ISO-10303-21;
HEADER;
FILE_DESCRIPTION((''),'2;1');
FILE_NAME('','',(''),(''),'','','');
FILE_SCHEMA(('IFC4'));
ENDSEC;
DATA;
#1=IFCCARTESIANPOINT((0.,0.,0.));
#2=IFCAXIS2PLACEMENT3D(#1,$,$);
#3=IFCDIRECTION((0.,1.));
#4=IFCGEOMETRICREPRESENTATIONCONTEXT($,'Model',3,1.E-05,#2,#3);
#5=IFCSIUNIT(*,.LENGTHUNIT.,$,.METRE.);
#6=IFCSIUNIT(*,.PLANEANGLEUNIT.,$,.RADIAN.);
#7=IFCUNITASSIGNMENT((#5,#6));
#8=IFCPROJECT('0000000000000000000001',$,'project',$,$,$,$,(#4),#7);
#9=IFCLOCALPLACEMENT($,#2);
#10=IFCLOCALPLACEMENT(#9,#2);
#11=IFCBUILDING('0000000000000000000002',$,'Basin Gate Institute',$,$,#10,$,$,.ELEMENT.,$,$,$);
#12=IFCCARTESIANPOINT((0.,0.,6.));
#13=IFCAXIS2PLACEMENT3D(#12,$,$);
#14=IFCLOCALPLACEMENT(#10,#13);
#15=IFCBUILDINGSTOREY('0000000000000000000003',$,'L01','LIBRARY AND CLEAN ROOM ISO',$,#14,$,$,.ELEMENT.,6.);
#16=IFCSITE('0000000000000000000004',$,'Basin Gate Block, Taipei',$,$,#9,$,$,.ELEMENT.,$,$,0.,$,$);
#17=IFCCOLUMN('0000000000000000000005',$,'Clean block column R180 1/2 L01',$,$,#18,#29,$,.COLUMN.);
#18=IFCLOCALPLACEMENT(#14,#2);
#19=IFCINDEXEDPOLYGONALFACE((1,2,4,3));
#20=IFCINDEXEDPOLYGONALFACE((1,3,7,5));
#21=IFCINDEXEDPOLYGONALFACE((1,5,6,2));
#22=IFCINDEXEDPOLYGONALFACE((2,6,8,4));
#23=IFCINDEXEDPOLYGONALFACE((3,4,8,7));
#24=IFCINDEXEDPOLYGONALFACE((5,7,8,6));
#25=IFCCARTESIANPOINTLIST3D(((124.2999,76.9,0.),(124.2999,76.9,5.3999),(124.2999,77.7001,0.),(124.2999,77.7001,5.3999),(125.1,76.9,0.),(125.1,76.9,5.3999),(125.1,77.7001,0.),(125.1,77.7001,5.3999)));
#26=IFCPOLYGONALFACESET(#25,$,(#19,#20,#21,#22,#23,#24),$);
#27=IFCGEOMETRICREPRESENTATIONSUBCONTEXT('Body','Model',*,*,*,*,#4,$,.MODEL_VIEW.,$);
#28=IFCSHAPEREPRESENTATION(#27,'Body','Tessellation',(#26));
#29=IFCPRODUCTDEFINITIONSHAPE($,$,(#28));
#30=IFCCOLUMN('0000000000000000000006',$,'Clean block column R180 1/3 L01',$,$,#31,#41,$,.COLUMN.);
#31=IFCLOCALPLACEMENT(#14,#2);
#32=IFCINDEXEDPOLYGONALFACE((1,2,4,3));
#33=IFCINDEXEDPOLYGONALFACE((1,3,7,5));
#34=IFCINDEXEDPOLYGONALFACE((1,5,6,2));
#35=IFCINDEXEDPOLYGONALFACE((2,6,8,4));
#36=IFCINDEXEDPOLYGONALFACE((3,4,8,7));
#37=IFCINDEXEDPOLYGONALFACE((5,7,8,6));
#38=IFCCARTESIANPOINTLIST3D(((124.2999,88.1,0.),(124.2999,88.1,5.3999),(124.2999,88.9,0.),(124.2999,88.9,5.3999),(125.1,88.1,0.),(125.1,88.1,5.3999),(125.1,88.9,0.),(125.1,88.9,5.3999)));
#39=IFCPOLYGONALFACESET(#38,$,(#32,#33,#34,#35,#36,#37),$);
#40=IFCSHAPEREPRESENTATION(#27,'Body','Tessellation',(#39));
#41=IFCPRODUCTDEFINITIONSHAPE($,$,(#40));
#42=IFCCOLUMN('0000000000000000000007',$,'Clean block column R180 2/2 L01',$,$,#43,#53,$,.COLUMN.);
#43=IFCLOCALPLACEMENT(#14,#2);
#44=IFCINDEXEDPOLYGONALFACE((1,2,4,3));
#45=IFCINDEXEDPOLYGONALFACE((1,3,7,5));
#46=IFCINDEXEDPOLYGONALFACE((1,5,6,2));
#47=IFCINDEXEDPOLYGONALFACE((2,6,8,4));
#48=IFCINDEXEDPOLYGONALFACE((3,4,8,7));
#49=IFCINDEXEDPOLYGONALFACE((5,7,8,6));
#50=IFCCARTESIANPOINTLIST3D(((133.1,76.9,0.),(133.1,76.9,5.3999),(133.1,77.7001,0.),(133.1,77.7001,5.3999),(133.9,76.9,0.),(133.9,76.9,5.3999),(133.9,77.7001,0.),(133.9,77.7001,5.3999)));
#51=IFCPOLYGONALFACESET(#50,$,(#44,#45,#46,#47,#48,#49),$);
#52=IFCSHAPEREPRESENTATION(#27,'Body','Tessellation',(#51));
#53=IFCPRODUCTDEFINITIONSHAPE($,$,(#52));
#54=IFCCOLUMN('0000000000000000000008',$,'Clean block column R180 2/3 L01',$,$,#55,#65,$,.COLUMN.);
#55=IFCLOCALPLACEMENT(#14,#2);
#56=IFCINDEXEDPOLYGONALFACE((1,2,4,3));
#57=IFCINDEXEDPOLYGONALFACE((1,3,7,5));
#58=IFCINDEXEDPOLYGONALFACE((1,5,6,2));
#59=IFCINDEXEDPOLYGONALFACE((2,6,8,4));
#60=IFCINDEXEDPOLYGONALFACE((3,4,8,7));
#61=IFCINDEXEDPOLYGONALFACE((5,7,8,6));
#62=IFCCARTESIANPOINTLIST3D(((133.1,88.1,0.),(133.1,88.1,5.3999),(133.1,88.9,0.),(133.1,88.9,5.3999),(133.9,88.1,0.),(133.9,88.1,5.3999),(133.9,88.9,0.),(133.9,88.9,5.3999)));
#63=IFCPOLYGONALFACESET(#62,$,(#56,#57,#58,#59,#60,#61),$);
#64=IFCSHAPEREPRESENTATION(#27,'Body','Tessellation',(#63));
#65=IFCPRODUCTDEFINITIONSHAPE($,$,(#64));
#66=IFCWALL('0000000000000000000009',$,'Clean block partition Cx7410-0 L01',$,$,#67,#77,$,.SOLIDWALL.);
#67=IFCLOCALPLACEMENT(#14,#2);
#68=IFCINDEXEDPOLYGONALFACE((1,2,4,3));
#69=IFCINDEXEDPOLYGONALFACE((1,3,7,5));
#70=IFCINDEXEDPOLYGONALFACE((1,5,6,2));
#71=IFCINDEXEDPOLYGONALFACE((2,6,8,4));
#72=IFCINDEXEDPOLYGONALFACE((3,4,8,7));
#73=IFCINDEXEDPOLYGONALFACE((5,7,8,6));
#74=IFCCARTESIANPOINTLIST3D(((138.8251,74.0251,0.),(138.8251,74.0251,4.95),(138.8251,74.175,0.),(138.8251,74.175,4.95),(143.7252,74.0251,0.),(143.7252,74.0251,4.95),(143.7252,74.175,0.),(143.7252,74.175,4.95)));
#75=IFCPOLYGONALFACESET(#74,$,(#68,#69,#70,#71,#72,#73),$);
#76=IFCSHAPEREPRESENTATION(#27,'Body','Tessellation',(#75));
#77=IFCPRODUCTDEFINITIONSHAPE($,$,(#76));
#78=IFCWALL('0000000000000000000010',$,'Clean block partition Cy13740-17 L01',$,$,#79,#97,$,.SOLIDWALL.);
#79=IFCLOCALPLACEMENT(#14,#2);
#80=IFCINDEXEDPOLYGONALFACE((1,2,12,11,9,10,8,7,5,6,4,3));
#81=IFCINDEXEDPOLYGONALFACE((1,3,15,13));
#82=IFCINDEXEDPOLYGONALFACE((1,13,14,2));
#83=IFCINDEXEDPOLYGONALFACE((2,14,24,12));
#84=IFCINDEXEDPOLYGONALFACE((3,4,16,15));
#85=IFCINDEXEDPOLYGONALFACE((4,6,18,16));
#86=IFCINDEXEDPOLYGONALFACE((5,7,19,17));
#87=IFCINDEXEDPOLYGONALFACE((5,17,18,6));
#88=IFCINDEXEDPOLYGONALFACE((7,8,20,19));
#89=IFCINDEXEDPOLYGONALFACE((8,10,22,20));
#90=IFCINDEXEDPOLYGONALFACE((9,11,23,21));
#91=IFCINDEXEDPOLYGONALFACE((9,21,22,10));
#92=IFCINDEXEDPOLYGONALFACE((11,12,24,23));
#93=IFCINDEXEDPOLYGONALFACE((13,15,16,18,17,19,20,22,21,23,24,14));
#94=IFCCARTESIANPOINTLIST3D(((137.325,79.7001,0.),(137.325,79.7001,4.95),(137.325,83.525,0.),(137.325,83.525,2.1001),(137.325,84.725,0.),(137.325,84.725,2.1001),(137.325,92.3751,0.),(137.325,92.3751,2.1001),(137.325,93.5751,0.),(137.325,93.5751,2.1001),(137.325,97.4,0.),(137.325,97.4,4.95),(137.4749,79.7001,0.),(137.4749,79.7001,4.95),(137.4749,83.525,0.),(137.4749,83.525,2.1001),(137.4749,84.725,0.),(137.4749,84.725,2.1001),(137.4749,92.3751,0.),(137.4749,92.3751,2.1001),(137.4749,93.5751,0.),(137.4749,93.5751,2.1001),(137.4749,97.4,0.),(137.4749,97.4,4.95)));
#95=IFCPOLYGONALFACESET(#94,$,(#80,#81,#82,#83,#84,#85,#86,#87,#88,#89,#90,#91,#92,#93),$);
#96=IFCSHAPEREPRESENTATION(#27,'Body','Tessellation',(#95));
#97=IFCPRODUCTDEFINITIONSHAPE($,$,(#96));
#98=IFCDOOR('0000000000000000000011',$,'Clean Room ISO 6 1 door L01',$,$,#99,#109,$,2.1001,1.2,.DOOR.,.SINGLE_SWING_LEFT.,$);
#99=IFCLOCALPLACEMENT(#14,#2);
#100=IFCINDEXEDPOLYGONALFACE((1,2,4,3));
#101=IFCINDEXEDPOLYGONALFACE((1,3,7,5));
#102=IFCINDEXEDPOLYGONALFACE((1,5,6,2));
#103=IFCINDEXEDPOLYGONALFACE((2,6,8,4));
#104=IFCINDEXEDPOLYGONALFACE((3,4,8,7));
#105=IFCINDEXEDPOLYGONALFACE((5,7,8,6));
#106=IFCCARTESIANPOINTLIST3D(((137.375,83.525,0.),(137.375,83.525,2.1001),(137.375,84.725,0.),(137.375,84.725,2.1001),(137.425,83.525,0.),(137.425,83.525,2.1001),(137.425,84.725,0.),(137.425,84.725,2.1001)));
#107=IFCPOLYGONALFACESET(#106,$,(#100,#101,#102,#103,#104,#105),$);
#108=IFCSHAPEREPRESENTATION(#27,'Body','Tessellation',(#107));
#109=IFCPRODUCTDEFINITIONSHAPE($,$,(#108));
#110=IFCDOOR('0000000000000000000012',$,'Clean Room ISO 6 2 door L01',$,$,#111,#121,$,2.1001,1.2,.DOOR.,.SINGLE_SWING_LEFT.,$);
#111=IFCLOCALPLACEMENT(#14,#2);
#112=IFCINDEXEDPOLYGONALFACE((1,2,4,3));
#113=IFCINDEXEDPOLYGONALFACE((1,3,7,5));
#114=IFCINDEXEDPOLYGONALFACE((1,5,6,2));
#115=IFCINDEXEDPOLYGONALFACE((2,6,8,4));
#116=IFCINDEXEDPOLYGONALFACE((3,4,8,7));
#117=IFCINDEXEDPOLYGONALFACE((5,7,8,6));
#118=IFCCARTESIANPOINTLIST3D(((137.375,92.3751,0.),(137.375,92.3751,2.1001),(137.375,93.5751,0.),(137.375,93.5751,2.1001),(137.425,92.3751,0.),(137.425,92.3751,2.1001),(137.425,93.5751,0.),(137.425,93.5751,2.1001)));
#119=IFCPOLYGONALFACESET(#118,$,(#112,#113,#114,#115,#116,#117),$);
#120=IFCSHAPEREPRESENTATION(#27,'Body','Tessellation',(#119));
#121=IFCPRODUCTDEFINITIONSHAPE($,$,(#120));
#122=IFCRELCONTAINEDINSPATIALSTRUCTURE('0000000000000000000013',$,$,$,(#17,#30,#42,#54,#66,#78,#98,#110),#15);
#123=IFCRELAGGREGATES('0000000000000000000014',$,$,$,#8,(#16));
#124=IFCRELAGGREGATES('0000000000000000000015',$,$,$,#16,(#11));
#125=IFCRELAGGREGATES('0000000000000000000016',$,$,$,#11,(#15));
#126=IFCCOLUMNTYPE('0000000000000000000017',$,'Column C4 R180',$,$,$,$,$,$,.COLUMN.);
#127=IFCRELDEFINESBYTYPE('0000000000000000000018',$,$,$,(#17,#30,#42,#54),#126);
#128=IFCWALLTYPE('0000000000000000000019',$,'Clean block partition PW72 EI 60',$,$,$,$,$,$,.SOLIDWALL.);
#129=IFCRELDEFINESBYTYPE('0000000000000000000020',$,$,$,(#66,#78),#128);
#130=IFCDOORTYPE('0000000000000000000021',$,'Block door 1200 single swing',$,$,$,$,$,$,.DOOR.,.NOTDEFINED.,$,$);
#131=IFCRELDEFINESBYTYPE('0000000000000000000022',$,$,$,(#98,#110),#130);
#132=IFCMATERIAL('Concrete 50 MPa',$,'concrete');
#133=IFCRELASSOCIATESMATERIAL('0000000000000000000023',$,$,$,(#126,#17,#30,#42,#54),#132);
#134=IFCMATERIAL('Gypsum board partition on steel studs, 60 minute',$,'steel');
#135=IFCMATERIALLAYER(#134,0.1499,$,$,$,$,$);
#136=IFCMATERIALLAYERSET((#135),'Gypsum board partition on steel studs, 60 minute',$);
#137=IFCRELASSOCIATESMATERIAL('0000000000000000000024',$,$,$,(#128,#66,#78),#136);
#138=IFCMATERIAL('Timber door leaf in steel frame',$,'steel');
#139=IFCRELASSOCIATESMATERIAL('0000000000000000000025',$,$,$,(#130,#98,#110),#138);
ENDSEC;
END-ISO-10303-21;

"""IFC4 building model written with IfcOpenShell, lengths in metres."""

from ifc_helpers import new_model, si_unit, direction, frame, frame_2d, origin, origin_2d, place, context, subcontext, project, spatial, rectangle, extrude, material, layer, layer_set, material_profile, profile_set, type_object, element, fill, save


model = new_model("IFC4")

# Units and contexts
model_context = context("Model", 3, precision=1e-05, world=origin(), true_north=direction((0.0, 1.0)))
body_context = subcontext(model_context, "Body", "Model", "MODEL_VIEW")
ifc_project = project(units=[si_unit("LENGTHUNIT", "METRE"), si_unit("PLANEANGLEUNIT", "RADIAN")], contexts=[model_context])

# Site, building, storey
site_placement = place(None, origin())
site = spatial("IfcSite", under=ifc_project, at=site_placement, Name="Basin Gate Block, Taipei", CompositionType="ELEMENT", RefElevation=0.0)
building_placement = place(site_placement, origin())
building = spatial("IfcBuilding", under=site, at=building_placement, Name="Basin Gate Institute", CompositionType="ELEMENT")
storey_placement = place(building_placement, frame((0.0, 0.0, 6.0)))
storey = spatial("IfcBuildingStorey", under=building, at=storey_placement, Name="L01", Description="LIBRARY AND CLEAN ROOM ISO", CompositionType="ELEMENT", Elevation=6.0)

# Columns
ifc_material_1 = material(Name="Concrete 50 MPa", Category="concrete")
ifc_material_profile = material_profile(ifc_material_1, rectangle(XDim=0.8, YDim=0.8, at=origin_2d()), Name="Column C4 800 x 800")
ifc_profile_set = profile_set([ifc_material_profile], Name="Concrete 50 MPa")
column_type = type_object("IfcColumnType", Name="Column C4 R180", PredefinedType="COLUMN", material=ifc_profile_set)
for number, where, z_axis, x_axis, name in (
    (1, (124.7, 77.3, 0.0), (0.0, 0.0, 1.0), (1.0, 0.0, 0.0), "Clean block column R180 1/2 L01"),
    (2, (124.7, 88.5, 0.0), (0.0, 0.0, 1.0), (1.0, 0.0, 0.0), "Clean block column R180 1/3 L01"),
    (3, (133.5, 77.3, 0.0), (0.0, 0.0, 1.0), (1.0, 0.0, 0.0), "Clean block column R180 2/2 L01"),
    (4, (133.5, 88.5, 0.0), (0.0, 0.0, 1.0), (1.0, 0.0, 0.0), "Clean block column R180 2/3 L01"),
):
    element("IfcColumn", number, at=place(storey_placement, frame(where, z_axis=z_axis, x_axis=x_axis)), inside=storey, type_object=column_type, material=ifc_profile_set, Name=name, PredefinedType="COLUMN", context=body_context, shape_type="SweptSolid", body=[
        extrude(rectangle(XDim=0.8, YDim=0.8, at=origin_2d()), origin(), (0.0, 0.0, 1.0), 5.3999),
    ])

# Wall
ifc_material_2 = material(Name="Gypsum board partition on steel studs, 60 minute", Category="steel")
ifc_layer_1 = layer(ifc_material_2, 0.1499)
ifc_layer_set_1 = layer_set([ifc_layer_1], Name="Gypsum board partition on steel studs, 60 minute")
wall_type_1 = type_object("IfcWallType", Name="Clean block partition PW72 EI 60", PredefinedType="SOLIDWALL", material=ifc_layer_set_1)
wall_1_placement = place(storey_placement, frame((138.825, 74.1001, 0.0), z_axis=(0.0, 0.0, 1.0), x_axis=(1.0, 0.0, 0.0)))
element("IfcWall", 5, at=wall_1_placement, inside=storey, type_object=wall_type_1, material=ifc_layer_set_1, Name="Clean block partition Cx7410-0 L01", PredefinedType="SOLIDWALL", context=body_context, shape_type="SweptSolid", body=[
    extrude(rectangle(XDim=4.9001, YDim=0.1499, at=frame_2d((2.4502, 0.0))), origin(), (0.0, 0.0, 1.0), 4.95),
])

# Wall, openings, doors
wall_2_placement = place(storey_placement, frame((137.3999, 79.7, 0.0), z_axis=(0.0, 0.0, 1.0), x_axis=(0.0, 1.0, 0.0)))
wall_2 = element("IfcWall", 6, at=wall_2_placement, inside=storey, type_object=wall_type_1, material=ifc_layer_set_1, Name="Clean block partition Cy13740-17 L01", PredefinedType="SOLIDWALL", context=body_context, shape_type="SweptSolid", body=[
    extrude(rectangle(XDim=17.7, YDim=0.1499, at=frame_2d((8.8501, 0.0))), origin(), (0.0, 0.0, 1.0), 4.95),
])
opening_1_placement = place(wall_2_placement, frame((3.825, 0.0, 0.0)))
opening_1 = element("IfcOpeningElement", 7, at=opening_1_placement, cuts=wall_2, PredefinedType="OPENING", context=body_context, shape_type="SweptSolid", body=[
    extrude(rectangle(XDim=1.2, YDim=2.1001, at=frame_2d((0.6001, 1.05))), frame((0.0, 0.085, 0.0), z_axis=(0.0, -1.0, 0.0), x_axis=(1.0, 0.0, 0.0)), (0.0, 0.0, 1.0), 0.1699),
])
opening_2_placement = place(wall_2_placement, frame((12.675, 0.0, 0.0)))
opening_2 = element("IfcOpeningElement", 8, at=opening_2_placement, cuts=wall_2, PredefinedType="OPENING", context=body_context, shape_type="SweptSolid", body=[
    extrude(rectangle(XDim=1.2, YDim=2.1001, at=frame_2d((0.6001, 1.05))), frame((0.0, 0.085, 0.0), z_axis=(0.0, -1.0, 0.0), x_axis=(1.0, 0.0, 0.0)), (0.0, 0.0, 1.0), 0.1699),
])
ifc_material_3 = material(Name="Timber door leaf in steel frame", Category="steel")
door_type_1 = type_object("IfcDoorType", Name="Block door 1200 single swing", OperationType="NOTDEFINED", PredefinedType="DOOR", material=ifc_material_3)
door_1_placement = place(opening_1_placement, origin())
door_1 = element("IfcDoor", 9, at=door_1_placement, inside=storey, type_object=door_type_1, material=ifc_material_3, Name="Clean Room ISO 6 1 door L01", OperationType="SINGLE_SWING_LEFT", OverallHeight=2.1001, OverallWidth=1.2, PredefinedType="DOOR", context=body_context, shape_type="SweptSolid", body=[
    extrude(rectangle(XDim=1.2, YDim=2.1001, at=frame_2d((0.6001, 1.05))), frame((0.0, 0.0249, 0.0), z_axis=(0.0, -1.0, 0.0), x_axis=(1.0, 0.0, 0.0)), (0.0, 0.0, 1.0), 0.05),
])
fill(opening_1, door_1)
door_2_placement = place(opening_2_placement, origin())
door_2 = element("IfcDoor", 10, at=door_2_placement, inside=storey, type_object=door_type_1, material=ifc_material_3, Name="Clean Room ISO 6 2 door L01", OperationType="SINGLE_SWING_LEFT", OverallHeight=2.1001, OverallWidth=1.2, PredefinedType="DOOR", context=body_context, shape_type="SweptSolid", body=[
    extrude(rectangle(XDim=1.2, YDim=2.1001, at=frame_2d((0.6001, 1.05))), frame((0.0, 0.0249, 0.0), z_axis=(0.0, -1.0, 0.0), x_axis=(1.0, 0.0, 0.0)), (0.0, 0.0, 1.0), 0.05),
])
fill(opening_2, door_2)

save(model, "model.ifc")
